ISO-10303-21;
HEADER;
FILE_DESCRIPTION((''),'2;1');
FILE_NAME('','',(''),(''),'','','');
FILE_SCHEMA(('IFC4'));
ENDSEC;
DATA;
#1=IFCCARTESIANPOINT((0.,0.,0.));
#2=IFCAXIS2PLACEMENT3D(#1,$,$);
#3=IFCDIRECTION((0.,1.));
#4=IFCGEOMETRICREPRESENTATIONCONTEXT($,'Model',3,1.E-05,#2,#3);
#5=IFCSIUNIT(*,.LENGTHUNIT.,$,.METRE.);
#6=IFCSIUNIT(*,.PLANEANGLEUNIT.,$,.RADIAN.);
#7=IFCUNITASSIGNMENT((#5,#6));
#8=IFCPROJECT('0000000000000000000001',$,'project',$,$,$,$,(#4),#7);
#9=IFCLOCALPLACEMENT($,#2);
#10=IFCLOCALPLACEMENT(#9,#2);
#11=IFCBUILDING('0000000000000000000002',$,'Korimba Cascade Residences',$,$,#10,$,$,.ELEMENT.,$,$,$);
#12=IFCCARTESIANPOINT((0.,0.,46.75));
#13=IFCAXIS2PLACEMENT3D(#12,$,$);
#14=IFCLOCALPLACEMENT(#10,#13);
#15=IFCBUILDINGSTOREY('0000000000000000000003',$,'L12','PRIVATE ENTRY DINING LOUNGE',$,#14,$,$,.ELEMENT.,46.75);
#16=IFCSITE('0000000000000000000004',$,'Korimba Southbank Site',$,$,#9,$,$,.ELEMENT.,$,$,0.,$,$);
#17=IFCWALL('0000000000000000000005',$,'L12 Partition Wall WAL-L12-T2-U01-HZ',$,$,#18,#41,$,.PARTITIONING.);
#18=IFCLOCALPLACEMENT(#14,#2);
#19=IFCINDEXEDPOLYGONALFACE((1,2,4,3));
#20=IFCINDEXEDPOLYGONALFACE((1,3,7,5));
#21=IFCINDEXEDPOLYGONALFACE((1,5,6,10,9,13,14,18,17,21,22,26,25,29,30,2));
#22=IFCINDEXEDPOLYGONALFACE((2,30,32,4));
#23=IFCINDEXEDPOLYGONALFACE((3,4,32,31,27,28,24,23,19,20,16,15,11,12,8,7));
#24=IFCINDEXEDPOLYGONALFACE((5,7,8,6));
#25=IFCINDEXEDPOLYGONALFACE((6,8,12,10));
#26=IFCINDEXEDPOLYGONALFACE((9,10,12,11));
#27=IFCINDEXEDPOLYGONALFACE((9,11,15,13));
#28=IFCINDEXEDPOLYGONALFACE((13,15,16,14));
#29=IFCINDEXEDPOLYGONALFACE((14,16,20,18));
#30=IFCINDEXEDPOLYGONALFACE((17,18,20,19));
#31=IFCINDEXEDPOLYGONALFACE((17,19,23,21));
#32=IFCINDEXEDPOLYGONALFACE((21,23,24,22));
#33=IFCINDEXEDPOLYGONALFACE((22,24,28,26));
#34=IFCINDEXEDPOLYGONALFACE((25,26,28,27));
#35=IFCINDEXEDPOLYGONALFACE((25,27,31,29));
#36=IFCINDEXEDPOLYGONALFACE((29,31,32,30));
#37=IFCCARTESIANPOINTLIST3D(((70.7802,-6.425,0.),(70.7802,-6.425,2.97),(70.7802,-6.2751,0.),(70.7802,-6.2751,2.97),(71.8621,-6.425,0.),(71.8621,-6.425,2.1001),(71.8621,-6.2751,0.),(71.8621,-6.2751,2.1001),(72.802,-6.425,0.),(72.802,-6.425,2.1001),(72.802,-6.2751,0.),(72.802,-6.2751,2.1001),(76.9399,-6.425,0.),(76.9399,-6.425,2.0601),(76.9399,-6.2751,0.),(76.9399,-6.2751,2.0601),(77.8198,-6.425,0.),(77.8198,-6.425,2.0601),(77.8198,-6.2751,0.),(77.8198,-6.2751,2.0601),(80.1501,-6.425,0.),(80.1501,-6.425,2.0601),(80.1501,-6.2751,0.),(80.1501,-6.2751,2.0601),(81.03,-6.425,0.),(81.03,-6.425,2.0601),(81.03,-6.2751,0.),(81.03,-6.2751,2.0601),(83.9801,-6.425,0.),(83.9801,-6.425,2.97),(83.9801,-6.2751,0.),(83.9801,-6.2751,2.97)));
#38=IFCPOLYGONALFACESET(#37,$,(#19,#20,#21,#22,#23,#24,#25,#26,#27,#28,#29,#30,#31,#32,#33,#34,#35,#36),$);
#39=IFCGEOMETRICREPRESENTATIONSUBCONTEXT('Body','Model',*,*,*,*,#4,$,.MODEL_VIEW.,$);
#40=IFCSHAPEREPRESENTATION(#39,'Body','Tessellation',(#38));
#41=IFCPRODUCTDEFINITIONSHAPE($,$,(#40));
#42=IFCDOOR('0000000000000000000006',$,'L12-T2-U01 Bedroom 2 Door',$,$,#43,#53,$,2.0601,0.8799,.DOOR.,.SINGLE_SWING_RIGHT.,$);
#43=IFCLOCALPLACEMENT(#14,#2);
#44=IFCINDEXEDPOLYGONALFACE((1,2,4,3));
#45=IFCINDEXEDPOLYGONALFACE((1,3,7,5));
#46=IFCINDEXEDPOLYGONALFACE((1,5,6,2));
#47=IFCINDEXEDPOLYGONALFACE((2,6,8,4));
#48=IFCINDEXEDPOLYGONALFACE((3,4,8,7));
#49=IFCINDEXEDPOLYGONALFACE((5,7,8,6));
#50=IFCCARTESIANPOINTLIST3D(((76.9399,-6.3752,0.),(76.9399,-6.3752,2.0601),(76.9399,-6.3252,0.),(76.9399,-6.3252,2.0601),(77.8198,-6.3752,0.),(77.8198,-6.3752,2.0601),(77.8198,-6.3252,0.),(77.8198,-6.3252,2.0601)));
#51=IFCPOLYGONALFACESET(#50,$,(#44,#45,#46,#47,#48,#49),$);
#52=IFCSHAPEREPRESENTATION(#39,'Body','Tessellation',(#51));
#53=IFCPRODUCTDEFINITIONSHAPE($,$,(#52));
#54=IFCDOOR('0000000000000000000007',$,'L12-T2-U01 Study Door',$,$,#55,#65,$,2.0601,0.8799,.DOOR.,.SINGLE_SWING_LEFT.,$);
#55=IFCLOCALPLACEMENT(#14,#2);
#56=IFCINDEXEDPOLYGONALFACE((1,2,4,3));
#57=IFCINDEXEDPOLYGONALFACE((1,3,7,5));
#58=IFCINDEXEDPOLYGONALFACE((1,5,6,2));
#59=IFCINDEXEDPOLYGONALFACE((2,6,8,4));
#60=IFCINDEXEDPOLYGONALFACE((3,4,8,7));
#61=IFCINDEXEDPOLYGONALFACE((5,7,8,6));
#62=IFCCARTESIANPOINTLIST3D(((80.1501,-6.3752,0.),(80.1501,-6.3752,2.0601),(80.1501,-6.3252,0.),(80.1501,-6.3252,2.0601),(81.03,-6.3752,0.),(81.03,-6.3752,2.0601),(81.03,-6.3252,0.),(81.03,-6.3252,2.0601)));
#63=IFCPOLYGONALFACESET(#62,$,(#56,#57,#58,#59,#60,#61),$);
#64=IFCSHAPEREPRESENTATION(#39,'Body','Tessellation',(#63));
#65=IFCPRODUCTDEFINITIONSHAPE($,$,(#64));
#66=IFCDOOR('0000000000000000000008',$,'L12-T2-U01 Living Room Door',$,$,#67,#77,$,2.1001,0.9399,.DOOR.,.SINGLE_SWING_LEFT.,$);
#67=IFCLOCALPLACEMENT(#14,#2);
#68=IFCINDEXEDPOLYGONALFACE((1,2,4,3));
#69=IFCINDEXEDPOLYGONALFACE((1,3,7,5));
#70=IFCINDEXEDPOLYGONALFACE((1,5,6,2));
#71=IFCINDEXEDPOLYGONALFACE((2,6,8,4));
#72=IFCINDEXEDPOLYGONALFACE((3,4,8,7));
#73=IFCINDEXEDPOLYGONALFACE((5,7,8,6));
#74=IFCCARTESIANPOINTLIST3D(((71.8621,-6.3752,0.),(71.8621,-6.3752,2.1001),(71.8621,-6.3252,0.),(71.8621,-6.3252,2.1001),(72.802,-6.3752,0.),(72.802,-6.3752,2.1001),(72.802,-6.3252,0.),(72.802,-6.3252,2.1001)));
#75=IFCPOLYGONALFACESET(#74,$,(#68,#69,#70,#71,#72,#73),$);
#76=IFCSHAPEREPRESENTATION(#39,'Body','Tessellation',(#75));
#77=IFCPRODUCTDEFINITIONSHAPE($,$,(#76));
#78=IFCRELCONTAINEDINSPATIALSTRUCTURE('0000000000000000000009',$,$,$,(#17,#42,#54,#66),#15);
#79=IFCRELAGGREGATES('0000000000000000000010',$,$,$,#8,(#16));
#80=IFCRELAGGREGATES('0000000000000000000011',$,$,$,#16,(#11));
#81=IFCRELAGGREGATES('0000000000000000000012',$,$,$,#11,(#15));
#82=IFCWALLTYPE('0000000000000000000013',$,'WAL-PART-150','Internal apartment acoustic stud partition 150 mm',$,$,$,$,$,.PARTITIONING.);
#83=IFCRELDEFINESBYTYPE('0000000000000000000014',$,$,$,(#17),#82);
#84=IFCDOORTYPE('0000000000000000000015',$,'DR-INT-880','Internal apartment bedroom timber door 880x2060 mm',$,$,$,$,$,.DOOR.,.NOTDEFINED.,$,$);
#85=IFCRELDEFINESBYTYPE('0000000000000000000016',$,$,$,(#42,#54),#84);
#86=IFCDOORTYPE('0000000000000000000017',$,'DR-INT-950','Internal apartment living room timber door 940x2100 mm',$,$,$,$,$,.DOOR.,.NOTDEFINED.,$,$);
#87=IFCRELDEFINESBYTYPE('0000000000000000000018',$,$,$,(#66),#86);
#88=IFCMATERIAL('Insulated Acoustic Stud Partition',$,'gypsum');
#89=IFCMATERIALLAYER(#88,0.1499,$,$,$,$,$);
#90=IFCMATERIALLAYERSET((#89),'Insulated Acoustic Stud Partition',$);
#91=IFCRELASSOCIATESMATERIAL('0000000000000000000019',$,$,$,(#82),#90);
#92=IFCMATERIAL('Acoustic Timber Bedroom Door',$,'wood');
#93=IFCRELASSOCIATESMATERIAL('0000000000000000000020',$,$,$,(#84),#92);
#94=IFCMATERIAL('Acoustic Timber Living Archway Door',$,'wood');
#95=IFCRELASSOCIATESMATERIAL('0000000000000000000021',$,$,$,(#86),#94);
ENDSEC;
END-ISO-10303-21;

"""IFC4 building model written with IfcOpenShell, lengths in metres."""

from ifc_helpers import new_model, si_unit, direction, frame, frame_2d, origin, place, context, subcontext, project, spatial, rectangle, extrude, material, layer, layer_set, type_object, element, fill, save


model = new_model("IFC4")

# Units and contexts
model_context = context("Model", 3, precision=1e-05, world=origin(), true_north=direction((0.0, 1.0)))
body_context = subcontext(model_context, "Body", "Model", "MODEL_VIEW")
ifc_project = project(units=[si_unit("LENGTHUNIT", "METRE"), si_unit("PLANEANGLEUNIT", "RADIAN")], contexts=[model_context])

# Site, building, storey
site_placement = place(None, origin())
site = spatial("IfcSite", under=ifc_project, at=site_placement, Name="Korimba Southbank Site", CompositionType="ELEMENT", RefElevation=0.0)
building_placement = place(site_placement, origin())
building = spatial("IfcBuilding", under=site, at=building_placement, Name="Korimba Cascade Residences", CompositionType="ELEMENT")
storey_placement = place(building_placement, frame((0.0, 0.0, 46.75)))
storey = spatial("IfcBuildingStorey", under=building, at=storey_placement, Name="L12", Description="PRIVATE ENTRY DINING LOUNGE", CompositionType="ELEMENT", Elevation=46.75)

# Wall, openings, doors
ifc_material_1 = material(Name="Insulated Acoustic Stud Partition", Category="gypsum")
ifc_layer_1 = layer(ifc_material_1, 0.1499)
ifc_layer_set_1 = layer_set([ifc_layer_1], Name="Insulated Acoustic Stud Partition")
wall_type_1 = type_object("IfcWallType", Name="WAL-PART-150", Description="Internal apartment acoustic stud partition 150 mm", PredefinedType="PARTITIONING", material=ifc_layer_set_1)
wall_1_placement = place(storey_placement, frame((70.78, -6.3501, 0.0), z_axis=(0.0, 0.0, 1.0), x_axis=(1.0, 0.0, 0.0)))
wall_1 = element("IfcWall", 1, at=wall_1_placement, inside=storey, type_object=wall_type_1, Name="L12 Partition Wall WAL-L12-T2-U01-HZ", PredefinedType="PARTITIONING", context=body_context, shape_type="SweptSolid", body=[
    extrude(rectangle(XDim=13.2, YDim=0.1499, at=frame_2d((6.6001, 0.0))), origin(), (0.0, 0.0, 1.0), 2.97),
])
opening_1_placement = place(wall_1_placement, frame((1.082, 0.0, 0.0)))
opening_1 = element("IfcOpeningElement", 2, at=opening_1_placement, cuts=wall_1, PredefinedType="OPENING", context=body_context, shape_type="SweptSolid", body=[
    extrude(rectangle(XDim=0.9399, YDim=2.1001, at=frame_2d((0.47, 1.05))), frame((0.0, 0.085, 0.0), z_axis=(0.0, -1.0, 0.0), x_axis=(1.0, 0.0, 0.0)), (0.0, 0.0, 1.0), 0.1699),
])
opening_2_placement = place(wall_1_placement, frame((6.1599, 0.0, 0.0)))
opening_2 = element("IfcOpeningElement", 3, at=opening_2_placement, cuts=wall_1, PredefinedType="OPENING", context=body_context, shape_type="SweptSolid", body=[
    extrude(rectangle(XDim=0.8799, YDim=2.0601, at=frame_2d((0.4399, 1.03))), frame((0.0, 0.085, 0.0), z_axis=(0.0, -1.0, 0.0), x_axis=(1.0, 0.0, 0.0)), (0.0, 0.0, 1.0), 0.1699),
])
opening_3_placement = place(wall_1_placement, frame((9.3701, 0.0, 0.0)))
opening_3 = element("IfcOpeningElement", 4, at=opening_3_placement, cuts=wall_1, PredefinedType="OPENING", context=body_context, shape_type="SweptSolid", body=[
    extrude(rectangle(XDim=0.8799, YDim=2.0601, at=frame_2d((0.4399, 1.03))), frame((0.0, 0.085, 0.0), z_axis=(0.0, -1.0, 0.0), x_axis=(1.0, 0.0, 0.0)), (0.0, 0.0, 1.0), 0.1699),
])
ifc_material_2 = material(Name="Acoustic Timber Bedroom Door", Category="wood")
door_type_1 = type_object("IfcDoorType", Name="DR-INT-880", Description="Internal apartment bedroom timber door 880x2060 mm", OperationType="NOTDEFINED", PredefinedType="DOOR", material=ifc_material_2)
door_1_placement = place(opening_2_placement, origin())
door_1 = element("IfcDoor", 5, at=door_1_placement, inside=storey, type_object=door_type_1, Name="L12-T2-U01 Bedroom 2 Door", OperationType="SINGLE_SWING_RIGHT", OverallHeight=2.0601, OverallWidth=0.8799, PredefinedType="DOOR", context=body_context, shape_type="SweptSolid", body=[
    extrude(rectangle(XDim=0.8799, YDim=2.0601, at=frame_2d((0.4399, 1.03))), frame((0.0, 0.0249, 0.0), z_axis=(0.0, -1.0, 0.0), x_axis=(1.0, 0.0, 0.0)), (0.0, 0.0, 1.0), 0.05),
])
fill(opening_2, door_1)
door_2_placement = place(opening_3_placement, origin())
door_2 = element("IfcDoor", 6, at=door_2_placement, inside=storey, type_object=door_type_1, Name="L12-T2-U01 Study Door", OperationType="SINGLE_SWING_LEFT", OverallHeight=2.0601, OverallWidth=0.8799, PredefinedType="DOOR", context=body_context, shape_type="SweptSolid", body=[
    extrude(rectangle(XDim=0.8799, YDim=2.0601, at=frame_2d((0.4399, 1.03))), frame((0.0, 0.0249, 0.0), z_axis=(0.0, -1.0, 0.0), x_axis=(1.0, 0.0, 0.0)), (0.0, 0.0, 1.0), 0.05),
])
fill(opening_3, door_2)
ifc_material_3 = material(Name="Acoustic Timber Living Archway Door", Category="wood")
door_type_2 = type_object("IfcDoorType", Name="DR-INT-950", Description="Internal apartment living room timber door 940x2100 mm", OperationType="NOTDEFINED", PredefinedType="DOOR", material=ifc_material_3)
door_3_placement = place(opening_1_placement, origin())
door_3 = element("IfcDoor", 7, at=door_3_placement, inside=storey, type_object=door_type_2, Name="L12-T2-U01 Living Room Door", OperationType="SINGLE_SWING_LEFT", OverallHeight=2.1001, OverallWidth=0.9399, PredefinedType="DOOR", context=body_context, shape_type="SweptSolid", body=[
    extrude(rectangle(XDim=0.9399, YDim=2.1001, at=frame_2d((0.47, 1.05))), frame((0.0, 0.0249, 0.0), z_axis=(0.0, -1.0, 0.0), x_axis=(1.0, 0.0, 0.0)), (0.0, 0.0, 1.0), 0.05),
])
fill(opening_1, door_3)

save(model, "model.ifc")
